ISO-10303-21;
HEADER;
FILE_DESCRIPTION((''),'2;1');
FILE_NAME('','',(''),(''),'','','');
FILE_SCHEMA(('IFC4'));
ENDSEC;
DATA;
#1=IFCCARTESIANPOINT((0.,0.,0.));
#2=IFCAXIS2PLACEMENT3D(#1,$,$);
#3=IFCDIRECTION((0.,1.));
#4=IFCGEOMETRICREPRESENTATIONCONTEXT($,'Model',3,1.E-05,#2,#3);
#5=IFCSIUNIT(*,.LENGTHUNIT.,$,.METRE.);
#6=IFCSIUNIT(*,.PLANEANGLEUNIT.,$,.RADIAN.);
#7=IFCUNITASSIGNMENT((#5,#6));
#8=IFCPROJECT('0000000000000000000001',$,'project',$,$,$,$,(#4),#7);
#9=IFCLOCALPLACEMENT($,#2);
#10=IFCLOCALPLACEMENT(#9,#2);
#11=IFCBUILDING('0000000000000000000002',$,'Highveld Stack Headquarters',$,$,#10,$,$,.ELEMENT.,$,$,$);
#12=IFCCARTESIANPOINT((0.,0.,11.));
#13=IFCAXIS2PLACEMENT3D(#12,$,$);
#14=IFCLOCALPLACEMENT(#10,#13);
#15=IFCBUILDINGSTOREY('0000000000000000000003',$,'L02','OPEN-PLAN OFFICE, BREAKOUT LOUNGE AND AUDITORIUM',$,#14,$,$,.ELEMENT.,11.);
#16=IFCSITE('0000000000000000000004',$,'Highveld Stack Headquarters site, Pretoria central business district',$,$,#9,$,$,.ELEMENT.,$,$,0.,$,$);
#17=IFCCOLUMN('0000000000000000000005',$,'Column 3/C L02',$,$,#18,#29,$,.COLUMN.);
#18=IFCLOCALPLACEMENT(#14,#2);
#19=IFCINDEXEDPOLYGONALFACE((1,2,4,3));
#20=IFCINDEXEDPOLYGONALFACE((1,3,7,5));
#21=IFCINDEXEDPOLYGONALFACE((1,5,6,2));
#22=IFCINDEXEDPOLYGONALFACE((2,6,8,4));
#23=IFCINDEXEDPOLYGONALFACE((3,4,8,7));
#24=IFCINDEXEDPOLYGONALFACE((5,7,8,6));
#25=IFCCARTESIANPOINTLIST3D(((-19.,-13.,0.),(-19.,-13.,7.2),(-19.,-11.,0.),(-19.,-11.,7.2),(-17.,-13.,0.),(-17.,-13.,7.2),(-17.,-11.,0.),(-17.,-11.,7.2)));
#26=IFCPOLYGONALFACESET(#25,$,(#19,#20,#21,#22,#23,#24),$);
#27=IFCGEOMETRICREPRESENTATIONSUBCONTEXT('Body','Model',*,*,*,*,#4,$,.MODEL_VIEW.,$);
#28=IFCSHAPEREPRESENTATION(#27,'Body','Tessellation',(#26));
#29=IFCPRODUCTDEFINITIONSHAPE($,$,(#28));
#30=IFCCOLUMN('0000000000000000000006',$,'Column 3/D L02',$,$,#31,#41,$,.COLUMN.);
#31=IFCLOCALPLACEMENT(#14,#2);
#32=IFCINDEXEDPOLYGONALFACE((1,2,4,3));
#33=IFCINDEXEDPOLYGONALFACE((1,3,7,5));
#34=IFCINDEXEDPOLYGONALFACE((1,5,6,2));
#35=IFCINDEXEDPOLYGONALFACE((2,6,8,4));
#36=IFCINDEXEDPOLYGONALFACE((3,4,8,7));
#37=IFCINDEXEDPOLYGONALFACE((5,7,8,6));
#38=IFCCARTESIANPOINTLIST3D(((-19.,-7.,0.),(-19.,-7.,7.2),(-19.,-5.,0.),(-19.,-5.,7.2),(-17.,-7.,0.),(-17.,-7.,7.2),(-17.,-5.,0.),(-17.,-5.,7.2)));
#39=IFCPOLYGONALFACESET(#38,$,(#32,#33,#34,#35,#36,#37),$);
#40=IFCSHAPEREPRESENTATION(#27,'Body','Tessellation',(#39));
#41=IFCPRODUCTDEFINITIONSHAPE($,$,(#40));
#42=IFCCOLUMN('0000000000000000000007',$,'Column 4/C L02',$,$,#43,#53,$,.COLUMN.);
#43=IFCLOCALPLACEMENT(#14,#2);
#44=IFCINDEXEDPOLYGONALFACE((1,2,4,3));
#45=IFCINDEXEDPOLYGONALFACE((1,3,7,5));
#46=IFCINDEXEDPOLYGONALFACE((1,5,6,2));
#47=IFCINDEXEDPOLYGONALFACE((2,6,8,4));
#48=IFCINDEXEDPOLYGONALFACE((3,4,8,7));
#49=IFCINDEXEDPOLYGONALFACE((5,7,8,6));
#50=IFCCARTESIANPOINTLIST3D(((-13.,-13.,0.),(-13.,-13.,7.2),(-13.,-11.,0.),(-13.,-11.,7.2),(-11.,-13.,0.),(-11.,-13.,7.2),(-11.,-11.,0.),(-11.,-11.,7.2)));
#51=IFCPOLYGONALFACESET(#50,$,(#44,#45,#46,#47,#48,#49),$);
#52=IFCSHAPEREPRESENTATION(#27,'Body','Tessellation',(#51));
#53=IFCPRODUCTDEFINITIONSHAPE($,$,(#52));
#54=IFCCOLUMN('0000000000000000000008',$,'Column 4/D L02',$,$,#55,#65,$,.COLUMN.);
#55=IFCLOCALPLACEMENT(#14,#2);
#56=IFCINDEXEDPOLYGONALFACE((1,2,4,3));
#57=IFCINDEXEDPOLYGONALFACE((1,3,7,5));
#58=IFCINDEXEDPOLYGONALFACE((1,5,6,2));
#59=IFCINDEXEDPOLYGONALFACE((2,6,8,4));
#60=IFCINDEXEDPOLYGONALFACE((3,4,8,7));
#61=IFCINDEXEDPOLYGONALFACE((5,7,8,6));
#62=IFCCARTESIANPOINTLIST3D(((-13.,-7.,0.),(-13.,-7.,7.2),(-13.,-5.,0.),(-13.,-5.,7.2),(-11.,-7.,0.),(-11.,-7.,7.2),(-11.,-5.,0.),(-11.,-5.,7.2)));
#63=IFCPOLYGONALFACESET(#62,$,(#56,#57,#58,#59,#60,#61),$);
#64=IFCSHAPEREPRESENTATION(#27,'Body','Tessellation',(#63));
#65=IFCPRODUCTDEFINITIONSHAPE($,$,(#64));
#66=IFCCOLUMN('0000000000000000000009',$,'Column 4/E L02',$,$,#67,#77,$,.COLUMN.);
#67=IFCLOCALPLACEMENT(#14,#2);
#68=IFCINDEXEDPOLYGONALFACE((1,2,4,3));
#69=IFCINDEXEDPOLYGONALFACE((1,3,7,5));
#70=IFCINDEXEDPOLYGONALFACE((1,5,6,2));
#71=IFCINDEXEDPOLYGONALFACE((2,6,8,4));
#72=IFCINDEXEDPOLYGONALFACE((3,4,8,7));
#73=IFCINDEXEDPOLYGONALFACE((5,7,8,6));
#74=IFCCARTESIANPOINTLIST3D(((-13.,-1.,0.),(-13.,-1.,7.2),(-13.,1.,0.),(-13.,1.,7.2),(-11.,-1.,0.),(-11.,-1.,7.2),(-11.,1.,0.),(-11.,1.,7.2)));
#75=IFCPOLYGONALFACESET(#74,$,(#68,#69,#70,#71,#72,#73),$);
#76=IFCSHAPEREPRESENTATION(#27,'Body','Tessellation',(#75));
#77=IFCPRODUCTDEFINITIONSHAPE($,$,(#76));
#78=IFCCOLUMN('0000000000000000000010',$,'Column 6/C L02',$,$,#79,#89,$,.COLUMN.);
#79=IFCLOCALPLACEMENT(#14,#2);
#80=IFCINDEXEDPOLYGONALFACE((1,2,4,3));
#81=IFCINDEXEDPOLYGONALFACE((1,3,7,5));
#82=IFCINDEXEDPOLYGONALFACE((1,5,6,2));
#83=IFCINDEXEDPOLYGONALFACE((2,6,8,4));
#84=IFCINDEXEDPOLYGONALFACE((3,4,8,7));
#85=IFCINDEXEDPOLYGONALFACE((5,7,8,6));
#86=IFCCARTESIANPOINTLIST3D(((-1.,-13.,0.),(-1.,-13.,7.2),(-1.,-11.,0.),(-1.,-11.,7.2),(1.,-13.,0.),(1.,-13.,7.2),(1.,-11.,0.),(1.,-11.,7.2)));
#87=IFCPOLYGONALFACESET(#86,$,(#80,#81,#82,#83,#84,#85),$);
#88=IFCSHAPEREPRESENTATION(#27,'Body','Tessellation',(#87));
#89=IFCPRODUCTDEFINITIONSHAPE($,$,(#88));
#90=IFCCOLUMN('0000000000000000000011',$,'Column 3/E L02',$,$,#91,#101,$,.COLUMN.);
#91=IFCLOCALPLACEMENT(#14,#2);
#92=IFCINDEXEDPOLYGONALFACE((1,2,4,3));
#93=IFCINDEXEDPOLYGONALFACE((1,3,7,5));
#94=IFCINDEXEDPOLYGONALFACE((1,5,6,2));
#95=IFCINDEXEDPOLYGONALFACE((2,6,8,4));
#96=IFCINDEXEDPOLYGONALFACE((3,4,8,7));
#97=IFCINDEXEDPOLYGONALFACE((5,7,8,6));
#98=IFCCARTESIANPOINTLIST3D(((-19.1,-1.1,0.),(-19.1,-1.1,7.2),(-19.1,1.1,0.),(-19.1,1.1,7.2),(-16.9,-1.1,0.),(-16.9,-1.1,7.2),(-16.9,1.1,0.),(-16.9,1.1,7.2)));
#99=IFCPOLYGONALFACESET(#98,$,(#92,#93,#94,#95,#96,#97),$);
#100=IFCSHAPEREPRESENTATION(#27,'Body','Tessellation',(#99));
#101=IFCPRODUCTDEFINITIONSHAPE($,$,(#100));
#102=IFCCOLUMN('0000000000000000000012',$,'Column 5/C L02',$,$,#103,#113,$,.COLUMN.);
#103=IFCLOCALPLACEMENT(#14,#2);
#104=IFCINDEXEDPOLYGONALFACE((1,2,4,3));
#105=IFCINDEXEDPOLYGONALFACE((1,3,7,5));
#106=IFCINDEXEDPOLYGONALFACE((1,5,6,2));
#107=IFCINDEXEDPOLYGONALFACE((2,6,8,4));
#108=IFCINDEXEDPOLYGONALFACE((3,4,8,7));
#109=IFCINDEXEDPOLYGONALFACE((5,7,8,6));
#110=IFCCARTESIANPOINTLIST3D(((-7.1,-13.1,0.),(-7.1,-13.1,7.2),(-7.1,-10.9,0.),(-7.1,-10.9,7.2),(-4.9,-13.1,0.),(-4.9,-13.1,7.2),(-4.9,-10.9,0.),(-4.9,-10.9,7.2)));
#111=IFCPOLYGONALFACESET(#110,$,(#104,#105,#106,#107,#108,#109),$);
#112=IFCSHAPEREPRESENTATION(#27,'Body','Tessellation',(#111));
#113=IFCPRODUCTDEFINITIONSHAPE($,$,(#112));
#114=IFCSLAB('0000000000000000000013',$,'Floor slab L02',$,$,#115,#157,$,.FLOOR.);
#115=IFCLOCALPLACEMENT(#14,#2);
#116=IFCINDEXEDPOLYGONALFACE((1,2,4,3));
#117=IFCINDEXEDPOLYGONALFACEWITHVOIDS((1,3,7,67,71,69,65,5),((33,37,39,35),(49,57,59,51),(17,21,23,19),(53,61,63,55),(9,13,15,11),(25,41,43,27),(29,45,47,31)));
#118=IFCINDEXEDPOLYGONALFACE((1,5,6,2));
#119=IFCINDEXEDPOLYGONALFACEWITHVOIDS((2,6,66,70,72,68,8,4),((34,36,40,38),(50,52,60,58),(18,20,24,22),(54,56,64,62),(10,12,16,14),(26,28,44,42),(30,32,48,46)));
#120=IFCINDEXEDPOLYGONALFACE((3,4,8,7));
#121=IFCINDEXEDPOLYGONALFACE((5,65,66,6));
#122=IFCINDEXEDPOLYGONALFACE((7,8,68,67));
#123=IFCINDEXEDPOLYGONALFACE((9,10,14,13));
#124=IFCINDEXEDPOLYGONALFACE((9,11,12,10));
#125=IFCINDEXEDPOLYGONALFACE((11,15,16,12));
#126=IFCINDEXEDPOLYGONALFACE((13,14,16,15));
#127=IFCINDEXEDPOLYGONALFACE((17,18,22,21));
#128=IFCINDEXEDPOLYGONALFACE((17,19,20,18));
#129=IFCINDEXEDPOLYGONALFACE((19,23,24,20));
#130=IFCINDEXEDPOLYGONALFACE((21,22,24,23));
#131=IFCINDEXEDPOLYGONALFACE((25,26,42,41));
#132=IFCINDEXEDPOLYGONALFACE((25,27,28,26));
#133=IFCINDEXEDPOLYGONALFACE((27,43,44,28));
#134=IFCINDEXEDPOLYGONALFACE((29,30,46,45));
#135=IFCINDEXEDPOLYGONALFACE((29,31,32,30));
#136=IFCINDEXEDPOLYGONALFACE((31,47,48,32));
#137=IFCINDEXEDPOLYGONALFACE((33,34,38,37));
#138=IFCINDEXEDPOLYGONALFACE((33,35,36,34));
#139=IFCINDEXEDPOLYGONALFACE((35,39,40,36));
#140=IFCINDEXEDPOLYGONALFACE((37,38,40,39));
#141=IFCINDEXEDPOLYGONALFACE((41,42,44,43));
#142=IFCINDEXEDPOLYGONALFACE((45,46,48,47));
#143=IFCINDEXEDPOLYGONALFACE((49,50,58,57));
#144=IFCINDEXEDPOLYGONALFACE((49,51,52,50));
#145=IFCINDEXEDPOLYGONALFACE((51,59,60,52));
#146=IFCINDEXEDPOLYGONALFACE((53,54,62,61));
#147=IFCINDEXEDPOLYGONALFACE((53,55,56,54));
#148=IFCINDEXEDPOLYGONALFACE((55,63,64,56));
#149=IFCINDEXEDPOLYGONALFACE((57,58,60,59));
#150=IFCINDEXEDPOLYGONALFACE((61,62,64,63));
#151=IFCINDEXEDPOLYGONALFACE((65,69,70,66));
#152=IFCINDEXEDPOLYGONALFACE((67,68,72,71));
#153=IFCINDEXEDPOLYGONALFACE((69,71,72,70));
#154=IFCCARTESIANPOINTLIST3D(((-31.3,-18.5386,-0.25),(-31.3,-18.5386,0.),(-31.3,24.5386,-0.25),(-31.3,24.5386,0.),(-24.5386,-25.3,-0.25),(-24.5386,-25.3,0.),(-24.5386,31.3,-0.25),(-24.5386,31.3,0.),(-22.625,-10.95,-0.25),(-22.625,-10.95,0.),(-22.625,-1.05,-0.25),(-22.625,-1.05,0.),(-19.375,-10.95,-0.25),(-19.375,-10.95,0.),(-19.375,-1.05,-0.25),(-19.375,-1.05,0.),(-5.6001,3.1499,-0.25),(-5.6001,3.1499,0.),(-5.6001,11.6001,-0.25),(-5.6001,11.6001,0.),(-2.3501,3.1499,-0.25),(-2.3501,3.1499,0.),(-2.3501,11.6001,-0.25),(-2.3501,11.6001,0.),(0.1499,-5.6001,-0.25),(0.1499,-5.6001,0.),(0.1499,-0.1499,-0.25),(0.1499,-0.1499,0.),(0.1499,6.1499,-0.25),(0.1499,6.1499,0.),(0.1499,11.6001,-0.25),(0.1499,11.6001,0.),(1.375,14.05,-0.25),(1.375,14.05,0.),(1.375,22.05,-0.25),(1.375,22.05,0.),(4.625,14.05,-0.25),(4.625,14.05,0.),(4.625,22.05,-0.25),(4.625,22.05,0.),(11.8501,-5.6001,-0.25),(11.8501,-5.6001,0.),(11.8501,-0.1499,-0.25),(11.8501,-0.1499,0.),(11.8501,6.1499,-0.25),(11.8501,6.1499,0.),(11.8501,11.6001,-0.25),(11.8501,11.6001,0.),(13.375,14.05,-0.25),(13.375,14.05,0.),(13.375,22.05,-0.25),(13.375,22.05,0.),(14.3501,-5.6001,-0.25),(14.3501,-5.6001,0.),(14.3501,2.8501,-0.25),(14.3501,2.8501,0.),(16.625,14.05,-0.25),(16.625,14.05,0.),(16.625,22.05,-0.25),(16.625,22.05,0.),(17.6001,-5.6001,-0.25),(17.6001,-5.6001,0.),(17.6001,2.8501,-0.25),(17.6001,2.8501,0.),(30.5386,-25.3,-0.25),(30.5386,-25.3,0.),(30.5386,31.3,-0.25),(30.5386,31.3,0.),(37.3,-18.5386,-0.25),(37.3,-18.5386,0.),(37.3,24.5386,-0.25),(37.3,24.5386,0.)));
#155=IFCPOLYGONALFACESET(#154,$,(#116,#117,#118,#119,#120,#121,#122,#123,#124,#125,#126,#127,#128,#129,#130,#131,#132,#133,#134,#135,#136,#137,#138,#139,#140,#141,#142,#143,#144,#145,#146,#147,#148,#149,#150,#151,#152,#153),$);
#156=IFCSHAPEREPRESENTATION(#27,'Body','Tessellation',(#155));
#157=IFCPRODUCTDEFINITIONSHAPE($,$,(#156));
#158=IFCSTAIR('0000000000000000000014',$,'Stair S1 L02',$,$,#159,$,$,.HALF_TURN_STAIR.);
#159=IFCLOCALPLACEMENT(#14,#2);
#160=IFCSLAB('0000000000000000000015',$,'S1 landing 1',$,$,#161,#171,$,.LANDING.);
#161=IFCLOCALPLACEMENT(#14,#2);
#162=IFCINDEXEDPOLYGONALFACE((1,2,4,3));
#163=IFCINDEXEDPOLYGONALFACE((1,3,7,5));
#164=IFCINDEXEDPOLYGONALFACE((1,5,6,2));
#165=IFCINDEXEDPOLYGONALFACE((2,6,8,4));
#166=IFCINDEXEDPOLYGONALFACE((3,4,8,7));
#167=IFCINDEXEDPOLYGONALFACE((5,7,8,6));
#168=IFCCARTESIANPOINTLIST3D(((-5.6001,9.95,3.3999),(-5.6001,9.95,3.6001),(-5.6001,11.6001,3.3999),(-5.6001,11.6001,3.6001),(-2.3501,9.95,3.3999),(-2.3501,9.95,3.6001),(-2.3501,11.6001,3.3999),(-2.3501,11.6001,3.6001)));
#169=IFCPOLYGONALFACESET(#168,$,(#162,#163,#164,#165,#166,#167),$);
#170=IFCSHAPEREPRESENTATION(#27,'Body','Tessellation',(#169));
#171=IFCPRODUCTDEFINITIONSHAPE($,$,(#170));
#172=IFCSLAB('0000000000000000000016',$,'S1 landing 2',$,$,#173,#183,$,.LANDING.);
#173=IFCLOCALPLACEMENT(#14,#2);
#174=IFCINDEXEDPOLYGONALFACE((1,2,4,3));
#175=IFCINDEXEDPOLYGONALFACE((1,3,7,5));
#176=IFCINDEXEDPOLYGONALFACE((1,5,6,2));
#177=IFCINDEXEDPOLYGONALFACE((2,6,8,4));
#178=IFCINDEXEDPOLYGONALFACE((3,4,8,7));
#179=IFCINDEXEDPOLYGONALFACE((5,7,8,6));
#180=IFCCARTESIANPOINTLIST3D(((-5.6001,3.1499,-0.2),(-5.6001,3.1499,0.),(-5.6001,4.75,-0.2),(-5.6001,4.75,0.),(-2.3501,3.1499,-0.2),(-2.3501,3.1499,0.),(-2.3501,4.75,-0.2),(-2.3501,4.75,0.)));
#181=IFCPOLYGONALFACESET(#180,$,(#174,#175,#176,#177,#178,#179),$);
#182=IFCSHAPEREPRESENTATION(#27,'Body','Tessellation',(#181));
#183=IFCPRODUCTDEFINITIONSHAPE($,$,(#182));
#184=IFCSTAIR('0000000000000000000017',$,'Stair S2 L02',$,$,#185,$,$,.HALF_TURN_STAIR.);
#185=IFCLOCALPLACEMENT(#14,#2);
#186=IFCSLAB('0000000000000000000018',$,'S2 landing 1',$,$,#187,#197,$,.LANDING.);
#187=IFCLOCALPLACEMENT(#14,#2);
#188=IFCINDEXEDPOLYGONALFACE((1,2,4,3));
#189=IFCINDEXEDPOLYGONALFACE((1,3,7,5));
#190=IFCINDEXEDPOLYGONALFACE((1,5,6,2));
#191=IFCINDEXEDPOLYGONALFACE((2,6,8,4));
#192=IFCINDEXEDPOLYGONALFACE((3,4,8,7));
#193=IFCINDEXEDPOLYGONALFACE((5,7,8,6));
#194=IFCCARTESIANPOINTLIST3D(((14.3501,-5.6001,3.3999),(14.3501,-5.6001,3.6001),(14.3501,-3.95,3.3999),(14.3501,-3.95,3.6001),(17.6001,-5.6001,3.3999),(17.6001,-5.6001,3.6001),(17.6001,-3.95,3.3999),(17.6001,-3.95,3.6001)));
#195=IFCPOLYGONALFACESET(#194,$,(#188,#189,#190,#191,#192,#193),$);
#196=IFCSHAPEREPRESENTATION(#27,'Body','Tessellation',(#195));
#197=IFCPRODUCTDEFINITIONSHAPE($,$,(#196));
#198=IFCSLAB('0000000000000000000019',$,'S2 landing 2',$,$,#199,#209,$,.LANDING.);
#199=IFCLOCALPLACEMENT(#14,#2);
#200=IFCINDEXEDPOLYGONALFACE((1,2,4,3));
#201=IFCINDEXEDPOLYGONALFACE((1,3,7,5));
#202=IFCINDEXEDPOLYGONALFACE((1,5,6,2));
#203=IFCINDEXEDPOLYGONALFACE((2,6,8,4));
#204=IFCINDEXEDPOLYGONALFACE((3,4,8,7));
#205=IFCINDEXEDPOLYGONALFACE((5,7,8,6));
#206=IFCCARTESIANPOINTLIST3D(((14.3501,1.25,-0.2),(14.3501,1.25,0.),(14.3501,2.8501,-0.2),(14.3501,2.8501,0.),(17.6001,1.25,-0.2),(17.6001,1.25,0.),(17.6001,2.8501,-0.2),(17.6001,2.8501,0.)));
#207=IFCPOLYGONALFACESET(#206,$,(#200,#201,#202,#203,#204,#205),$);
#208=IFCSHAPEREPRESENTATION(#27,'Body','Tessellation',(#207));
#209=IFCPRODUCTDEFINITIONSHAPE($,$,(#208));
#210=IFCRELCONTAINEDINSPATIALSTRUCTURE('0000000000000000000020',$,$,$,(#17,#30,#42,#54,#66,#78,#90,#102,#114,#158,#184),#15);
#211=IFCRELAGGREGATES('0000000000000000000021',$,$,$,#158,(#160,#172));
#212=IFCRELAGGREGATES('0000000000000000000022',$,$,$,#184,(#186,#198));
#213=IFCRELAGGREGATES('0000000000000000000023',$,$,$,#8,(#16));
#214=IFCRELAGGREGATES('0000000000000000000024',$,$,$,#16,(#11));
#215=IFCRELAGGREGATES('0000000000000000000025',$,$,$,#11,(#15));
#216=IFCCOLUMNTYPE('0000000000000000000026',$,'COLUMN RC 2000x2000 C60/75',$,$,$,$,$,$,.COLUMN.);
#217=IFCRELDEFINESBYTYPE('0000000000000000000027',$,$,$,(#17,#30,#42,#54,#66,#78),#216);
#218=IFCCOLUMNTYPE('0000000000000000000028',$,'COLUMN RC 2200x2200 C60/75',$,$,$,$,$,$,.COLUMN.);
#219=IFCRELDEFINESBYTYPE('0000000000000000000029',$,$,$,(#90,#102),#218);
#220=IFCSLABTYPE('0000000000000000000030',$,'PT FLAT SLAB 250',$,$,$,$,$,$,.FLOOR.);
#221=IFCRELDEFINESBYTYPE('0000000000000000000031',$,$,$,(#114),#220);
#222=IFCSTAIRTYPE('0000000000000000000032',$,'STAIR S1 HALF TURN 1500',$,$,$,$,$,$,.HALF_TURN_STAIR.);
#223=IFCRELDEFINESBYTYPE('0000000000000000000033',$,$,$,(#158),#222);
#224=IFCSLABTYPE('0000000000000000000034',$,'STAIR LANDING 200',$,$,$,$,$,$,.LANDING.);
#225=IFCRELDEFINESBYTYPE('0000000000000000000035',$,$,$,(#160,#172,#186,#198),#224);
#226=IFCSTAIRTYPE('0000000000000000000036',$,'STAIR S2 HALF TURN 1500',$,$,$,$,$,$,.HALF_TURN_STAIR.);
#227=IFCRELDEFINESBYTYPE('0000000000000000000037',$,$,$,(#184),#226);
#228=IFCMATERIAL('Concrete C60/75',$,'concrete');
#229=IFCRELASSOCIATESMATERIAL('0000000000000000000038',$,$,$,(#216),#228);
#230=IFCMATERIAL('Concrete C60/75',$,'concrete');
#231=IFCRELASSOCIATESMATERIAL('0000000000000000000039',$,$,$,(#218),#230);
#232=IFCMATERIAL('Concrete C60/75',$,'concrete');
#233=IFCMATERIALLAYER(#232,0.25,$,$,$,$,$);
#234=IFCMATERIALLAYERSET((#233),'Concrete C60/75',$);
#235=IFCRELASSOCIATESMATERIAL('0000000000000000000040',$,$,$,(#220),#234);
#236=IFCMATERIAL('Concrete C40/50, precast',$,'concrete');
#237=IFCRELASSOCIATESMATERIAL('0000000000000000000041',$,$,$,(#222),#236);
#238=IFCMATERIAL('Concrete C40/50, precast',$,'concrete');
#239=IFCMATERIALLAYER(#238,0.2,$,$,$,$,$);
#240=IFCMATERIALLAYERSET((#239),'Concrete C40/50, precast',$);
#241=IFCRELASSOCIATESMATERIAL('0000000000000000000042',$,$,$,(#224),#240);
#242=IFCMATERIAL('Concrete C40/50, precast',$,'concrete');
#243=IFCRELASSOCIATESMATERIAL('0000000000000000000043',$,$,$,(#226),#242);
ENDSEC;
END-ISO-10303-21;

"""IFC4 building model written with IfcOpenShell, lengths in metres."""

from ifc_helpers import new_model, si_unit, direction, frame, origin, origin_2d, place, context, subcontext, project, spatial, polyline, rectangle, outline, extrude, material, layer, layer_set, material_profile, profile_set, type_object, element, aggregate, save


model = new_model("IFC4")

# Units and contexts
model_context = context("Model", 3, precision=1e-05, world=origin(), true_north=direction((0.0, 1.0)))
body_context = subcontext(model_context, "Body", "Model", "MODEL_VIEW")
ifc_project = project(units=[si_unit("LENGTHUNIT", "METRE"), si_unit("PLANEANGLEUNIT", "RADIAN")], contexts=[model_context])

# Site, building, storey
site_placement = place(None, origin())
site = spatial("IfcSite", under=ifc_project, at=site_placement, Name="Highveld Stack Headquarters site, Pretoria central business district", CompositionType="ELEMENT", RefElevation=0.0)
building_placement = place(site_placement, origin())
building = spatial("IfcBuilding", under=site, at=building_placement, Name="Highveld Stack Headquarters", CompositionType="ELEMENT")
storey_placement = place(building_placement, frame((0.0, 0.0, 11.0)))
storey = spatial("IfcBuildingStorey", under=building, at=storey_placement, Name="L02", Description="OPEN-PLAN OFFICE, BREAKOUT LOUNGE AND AUDITORIUM", CompositionType="ELEMENT", Elevation=11.0)

# Columns
ifc_material_1 = material(Name="Concrete C60/75", Category="concrete")
ifc_material_profile_1 = material_profile(ifc_material_1, rectangle(XDim=2.0, YDim=2.0, at=origin_2d()), Name="RC 2000x2000")
ifc_profile_set_1 = profile_set([ifc_material_profile_1], Name="Concrete C60/75")
column_type_1 = type_object("IfcColumnType", Name="COLUMN RC 2000x2000 C60/75", PredefinedType="COLUMN", material=ifc_profile_set_1)
for number, where, z_axis, x_axis, name in (
    (1, (-18.0, -12.0, 0.0), (0.0, 0.0, 1.0), (1.0, 0.0, 0.0), "Column 3/C L02"),
    (2, (-18.0, -6.0, 0.0), (0.0, 0.0, 1.0), (1.0, 0.0, 0.0), "Column 3/D L02"),
    (3, (-12.0, -12.0, 0.0), (0.0, 0.0, 1.0), (1.0, 0.0, 0.0), "Column 4/C L02"),
    (4, (-12.0, -6.0, 0.0), (0.0, 0.0, 1.0), (1.0, 0.0, 0.0), "Column 4/D L02"),
    (5, (-12.0, 0.0, 0.0), (0.0, 0.0, 1.0), (1.0, 0.0, 0.0), "Column 4/E L02"),
    (6, (0.0, -12.0, 0.0), (0.0, 0.0, 1.0), (1.0, 0.0, 0.0), "Column 6/C L02"),
):
    element("IfcColumn", number, at=place(storey_placement, frame(where, z_axis=z_axis, x_axis=x_axis)), inside=storey, type_object=column_type_1, Name=name, PredefinedType="COLUMN", context=body_context, shape_type="SweptSolid", body=[
        extrude(rectangle(XDim=2.0, YDim=2.0, at=origin_2d()), origin(), (0.0, 0.0, 1.0), 7.2),
    ])
ifc_material_2 = material(Name="Concrete C60/75", Category="concrete")
ifc_material_profile_2 = material_profile(ifc_material_2, rectangle(XDim=2.2, YDim=2.2, at=origin_2d()), Name="RC 2200x2200")
ifc_profile_set_2 = profile_set([ifc_material_profile_2], Name="Concrete C60/75")
column_type_2 = type_object("IfcColumnType", Name="COLUMN RC 2200x2200 C60/75", PredefinedType="COLUMN", material=ifc_profile_set_2)
for number, where, z_axis, x_axis, name in (
    (7, (-18.0, 0.0, 0.0), (0.0, 0.0, 1.0), (1.0, 0.0, 0.0), "Column 3/E L02"),
    (8, (-6.0, -12.0, 0.0), (0.0, 0.0, 1.0), (1.0, 0.0, 0.0), "Column 5/C L02"),
):
    element("IfcColumn", number, at=place(storey_placement, frame(where, z_axis=z_axis, x_axis=x_axis)), inside=storey, type_object=column_type_2, Name=name, PredefinedType="COLUMN", context=body_context, shape_type="SweptSolid", body=[
        extrude(rectangle(XDim=2.2, YDim=2.2, at=origin_2d()), origin(), (0.0, 0.0, 1.0), 7.2),
    ])

# Slab
ifc_material_3 = material(Name="Concrete C60/75", Category="concrete")
ifc_layer_1 = layer(ifc_material_3, 0.25)
ifc_layer_set_1 = layer_set([ifc_layer_1], Name="Concrete C60/75")
slab_type_1 = type_object("IfcSlabType", Name="PT FLAT SLAB 250", PredefinedType="FLOOR", material=ifc_layer_set_1)
slab_1_placement = place(storey_placement, frame((0.0, 0.0, -0.25)))
element("IfcSlab", 9, at=slab_1_placement, inside=storey, type_object=slab_type_1, Name="Floor slab L02", PredefinedType="FLOOR", context=body_context, shape_type="SweptSolid", body=[
    extrude(outline(polyline([(-24.5386, -25.3), (30.5386, -25.3), (37.3, -18.5386), (37.3, 24.5386), (30.5386, 31.3), (-24.5386, 31.3), (-31.3, 24.5386), (-31.3, -18.5386), (-24.5386, -25.3)]), holes=[polyline([(0.1499, 6.1499), (11.8501, 6.1499), (11.8501, 11.6001), (0.1499, 11.6001), (0.1499, 6.1499)]), polyline([(0.1499, -5.6001), (11.8501, -5.6001), (11.8501, -0.1499), (0.1499, -0.1499), (0.1499, -5.6001)]), polyline([(-5.6001, 3.1499), (-2.3501, 3.1499), (-2.3501, 11.6001), (-5.6001, 11.6001), (-5.6001, 3.1499)]), polyline([(14.3501, -5.6001), (17.6001, -5.6001), (17.6001, 2.8501), (14.3501, 2.8501), (14.3501, -5.6001)]), polyline([(-22.625, -10.95), (-19.375, -10.95), (-19.375, -1.05), (-22.625, -1.05), (-22.625, -10.95)]), polyline([(13.375, 14.05), (16.625, 14.05), (16.625, 22.05), (13.375, 22.05), (13.375, 14.05)]), polyline([(1.375, 14.05), (4.625, 14.05), (4.625, 22.05), (1.375, 22.05), (1.375, 14.05)])]), origin(), (0.0, 0.0, 1.0), 0.25),
])

# Stairs, slabs
ifc_material_4 = material(Name="Concrete C40/50, precast", Category="concrete")
stair_type_1 = type_object("IfcStairType", Name="STAIR S1 HALF TURN 1500", PredefinedType="HALF_TURN_STAIR", material=ifc_material_4)
stair_1_placement = place(storey_placement, origin())
stair_1 = element("IfcStair", 10, at=stair_1_placement, inside=storey, type_object=stair_type_1, Name="Stair S1 L02", PredefinedType="HALF_TURN_STAIR")
ifc_material_5 = material(Name="Concrete C40/50, precast", Category="concrete")
ifc_layer_2 = layer(ifc_material_5, 0.2)
ifc_layer_set_2 = layer_set([ifc_layer_2], Name="Concrete C40/50, precast")
slab_type_2 = type_object("IfcSlabType", Name="STAIR LANDING 200", PredefinedType="LANDING", material=ifc_layer_set_2)
slab_2_placement = place(storey_placement, frame((0.0, 0.0, 3.3999)))
slab_2 = element("IfcSlab", 11, at=slab_2_placement, type_object=slab_type_2, Name="S1 landing 1", PredefinedType="LANDING", context=body_context, shape_type="SweptSolid", body=[
    extrude(outline(polyline([(-5.6001, 9.95), (-2.3501, 9.95), (-2.3501, 11.6001), (-5.6001, 11.6001), (-5.6001, 9.95)])), origin(), (0.0, 0.0, 1.0), 0.2002),
])
slab_3_placement = place(storey_placement, frame((0.0, 0.0, -0.2)))
slab_3 = element("IfcSlab", 12, at=slab_3_placement, type_object=slab_type_2, Name="S1 landing 2", PredefinedType="LANDING", context=body_context, shape_type="SweptSolid", body=[
    extrude(outline(polyline([(-5.6001, 3.1499), (-2.3501, 3.1499), (-2.3501, 4.75), (-5.6001, 4.75), (-5.6001, 3.1499)])), origin(), (0.0, 0.0, 1.0), 0.2),
])
aggregate(stair_1, [slab_2, slab_3])
ifc_material_6 = material(Name="Concrete C40/50, precast", Category="concrete")
stair_type_2 = type_object("IfcStairType", Name="STAIR S2 HALF TURN 1500", PredefinedType="HALF_TURN_STAIR", material=ifc_material_6)
stair_2_placement = place(storey_placement, origin())
stair_2 = element("IfcStair", 13, at=stair_2_placement, inside=storey, type_object=stair_type_2, Name="Stair S2 L02", PredefinedType="HALF_TURN_STAIR")
slab_4_placement = place(storey_placement, frame((0.0, 0.0, 3.3999)))
slab_4 = element("IfcSlab", 14, at=slab_4_placement, type_object=slab_type_2, Name="S2 landing 1", PredefinedType="LANDING", context=body_context, shape_type="SweptSolid", body=[
    extrude(outline(polyline([(14.3501, -5.6001), (17.6001, -5.6001), (17.6001, -3.95), (14.3501, -3.95), (14.3501, -5.6001)])), origin(), (0.0, 0.0, 1.0), 0.2002),
])
slab_5_placement = place(storey_placement, frame((0.0, 0.0, -0.2)))
slab_5 = element("IfcSlab", 15, at=slab_5_placement, type_object=slab_type_2, Name="S2 landing 2", PredefinedType="LANDING", context=body_context, shape_type="SweptSolid", body=[
    extrude(outline(polyline([(14.3501, 1.25), (17.6001, 1.25), (17.6001, 2.8501), (14.3501, 2.8501), (14.3501, 1.25)])), origin(), (0.0, 0.0, 1.0), 0.2),
])
aggregate(stair_2, [slab_4, slab_5])

save(model, "model.ifc")
